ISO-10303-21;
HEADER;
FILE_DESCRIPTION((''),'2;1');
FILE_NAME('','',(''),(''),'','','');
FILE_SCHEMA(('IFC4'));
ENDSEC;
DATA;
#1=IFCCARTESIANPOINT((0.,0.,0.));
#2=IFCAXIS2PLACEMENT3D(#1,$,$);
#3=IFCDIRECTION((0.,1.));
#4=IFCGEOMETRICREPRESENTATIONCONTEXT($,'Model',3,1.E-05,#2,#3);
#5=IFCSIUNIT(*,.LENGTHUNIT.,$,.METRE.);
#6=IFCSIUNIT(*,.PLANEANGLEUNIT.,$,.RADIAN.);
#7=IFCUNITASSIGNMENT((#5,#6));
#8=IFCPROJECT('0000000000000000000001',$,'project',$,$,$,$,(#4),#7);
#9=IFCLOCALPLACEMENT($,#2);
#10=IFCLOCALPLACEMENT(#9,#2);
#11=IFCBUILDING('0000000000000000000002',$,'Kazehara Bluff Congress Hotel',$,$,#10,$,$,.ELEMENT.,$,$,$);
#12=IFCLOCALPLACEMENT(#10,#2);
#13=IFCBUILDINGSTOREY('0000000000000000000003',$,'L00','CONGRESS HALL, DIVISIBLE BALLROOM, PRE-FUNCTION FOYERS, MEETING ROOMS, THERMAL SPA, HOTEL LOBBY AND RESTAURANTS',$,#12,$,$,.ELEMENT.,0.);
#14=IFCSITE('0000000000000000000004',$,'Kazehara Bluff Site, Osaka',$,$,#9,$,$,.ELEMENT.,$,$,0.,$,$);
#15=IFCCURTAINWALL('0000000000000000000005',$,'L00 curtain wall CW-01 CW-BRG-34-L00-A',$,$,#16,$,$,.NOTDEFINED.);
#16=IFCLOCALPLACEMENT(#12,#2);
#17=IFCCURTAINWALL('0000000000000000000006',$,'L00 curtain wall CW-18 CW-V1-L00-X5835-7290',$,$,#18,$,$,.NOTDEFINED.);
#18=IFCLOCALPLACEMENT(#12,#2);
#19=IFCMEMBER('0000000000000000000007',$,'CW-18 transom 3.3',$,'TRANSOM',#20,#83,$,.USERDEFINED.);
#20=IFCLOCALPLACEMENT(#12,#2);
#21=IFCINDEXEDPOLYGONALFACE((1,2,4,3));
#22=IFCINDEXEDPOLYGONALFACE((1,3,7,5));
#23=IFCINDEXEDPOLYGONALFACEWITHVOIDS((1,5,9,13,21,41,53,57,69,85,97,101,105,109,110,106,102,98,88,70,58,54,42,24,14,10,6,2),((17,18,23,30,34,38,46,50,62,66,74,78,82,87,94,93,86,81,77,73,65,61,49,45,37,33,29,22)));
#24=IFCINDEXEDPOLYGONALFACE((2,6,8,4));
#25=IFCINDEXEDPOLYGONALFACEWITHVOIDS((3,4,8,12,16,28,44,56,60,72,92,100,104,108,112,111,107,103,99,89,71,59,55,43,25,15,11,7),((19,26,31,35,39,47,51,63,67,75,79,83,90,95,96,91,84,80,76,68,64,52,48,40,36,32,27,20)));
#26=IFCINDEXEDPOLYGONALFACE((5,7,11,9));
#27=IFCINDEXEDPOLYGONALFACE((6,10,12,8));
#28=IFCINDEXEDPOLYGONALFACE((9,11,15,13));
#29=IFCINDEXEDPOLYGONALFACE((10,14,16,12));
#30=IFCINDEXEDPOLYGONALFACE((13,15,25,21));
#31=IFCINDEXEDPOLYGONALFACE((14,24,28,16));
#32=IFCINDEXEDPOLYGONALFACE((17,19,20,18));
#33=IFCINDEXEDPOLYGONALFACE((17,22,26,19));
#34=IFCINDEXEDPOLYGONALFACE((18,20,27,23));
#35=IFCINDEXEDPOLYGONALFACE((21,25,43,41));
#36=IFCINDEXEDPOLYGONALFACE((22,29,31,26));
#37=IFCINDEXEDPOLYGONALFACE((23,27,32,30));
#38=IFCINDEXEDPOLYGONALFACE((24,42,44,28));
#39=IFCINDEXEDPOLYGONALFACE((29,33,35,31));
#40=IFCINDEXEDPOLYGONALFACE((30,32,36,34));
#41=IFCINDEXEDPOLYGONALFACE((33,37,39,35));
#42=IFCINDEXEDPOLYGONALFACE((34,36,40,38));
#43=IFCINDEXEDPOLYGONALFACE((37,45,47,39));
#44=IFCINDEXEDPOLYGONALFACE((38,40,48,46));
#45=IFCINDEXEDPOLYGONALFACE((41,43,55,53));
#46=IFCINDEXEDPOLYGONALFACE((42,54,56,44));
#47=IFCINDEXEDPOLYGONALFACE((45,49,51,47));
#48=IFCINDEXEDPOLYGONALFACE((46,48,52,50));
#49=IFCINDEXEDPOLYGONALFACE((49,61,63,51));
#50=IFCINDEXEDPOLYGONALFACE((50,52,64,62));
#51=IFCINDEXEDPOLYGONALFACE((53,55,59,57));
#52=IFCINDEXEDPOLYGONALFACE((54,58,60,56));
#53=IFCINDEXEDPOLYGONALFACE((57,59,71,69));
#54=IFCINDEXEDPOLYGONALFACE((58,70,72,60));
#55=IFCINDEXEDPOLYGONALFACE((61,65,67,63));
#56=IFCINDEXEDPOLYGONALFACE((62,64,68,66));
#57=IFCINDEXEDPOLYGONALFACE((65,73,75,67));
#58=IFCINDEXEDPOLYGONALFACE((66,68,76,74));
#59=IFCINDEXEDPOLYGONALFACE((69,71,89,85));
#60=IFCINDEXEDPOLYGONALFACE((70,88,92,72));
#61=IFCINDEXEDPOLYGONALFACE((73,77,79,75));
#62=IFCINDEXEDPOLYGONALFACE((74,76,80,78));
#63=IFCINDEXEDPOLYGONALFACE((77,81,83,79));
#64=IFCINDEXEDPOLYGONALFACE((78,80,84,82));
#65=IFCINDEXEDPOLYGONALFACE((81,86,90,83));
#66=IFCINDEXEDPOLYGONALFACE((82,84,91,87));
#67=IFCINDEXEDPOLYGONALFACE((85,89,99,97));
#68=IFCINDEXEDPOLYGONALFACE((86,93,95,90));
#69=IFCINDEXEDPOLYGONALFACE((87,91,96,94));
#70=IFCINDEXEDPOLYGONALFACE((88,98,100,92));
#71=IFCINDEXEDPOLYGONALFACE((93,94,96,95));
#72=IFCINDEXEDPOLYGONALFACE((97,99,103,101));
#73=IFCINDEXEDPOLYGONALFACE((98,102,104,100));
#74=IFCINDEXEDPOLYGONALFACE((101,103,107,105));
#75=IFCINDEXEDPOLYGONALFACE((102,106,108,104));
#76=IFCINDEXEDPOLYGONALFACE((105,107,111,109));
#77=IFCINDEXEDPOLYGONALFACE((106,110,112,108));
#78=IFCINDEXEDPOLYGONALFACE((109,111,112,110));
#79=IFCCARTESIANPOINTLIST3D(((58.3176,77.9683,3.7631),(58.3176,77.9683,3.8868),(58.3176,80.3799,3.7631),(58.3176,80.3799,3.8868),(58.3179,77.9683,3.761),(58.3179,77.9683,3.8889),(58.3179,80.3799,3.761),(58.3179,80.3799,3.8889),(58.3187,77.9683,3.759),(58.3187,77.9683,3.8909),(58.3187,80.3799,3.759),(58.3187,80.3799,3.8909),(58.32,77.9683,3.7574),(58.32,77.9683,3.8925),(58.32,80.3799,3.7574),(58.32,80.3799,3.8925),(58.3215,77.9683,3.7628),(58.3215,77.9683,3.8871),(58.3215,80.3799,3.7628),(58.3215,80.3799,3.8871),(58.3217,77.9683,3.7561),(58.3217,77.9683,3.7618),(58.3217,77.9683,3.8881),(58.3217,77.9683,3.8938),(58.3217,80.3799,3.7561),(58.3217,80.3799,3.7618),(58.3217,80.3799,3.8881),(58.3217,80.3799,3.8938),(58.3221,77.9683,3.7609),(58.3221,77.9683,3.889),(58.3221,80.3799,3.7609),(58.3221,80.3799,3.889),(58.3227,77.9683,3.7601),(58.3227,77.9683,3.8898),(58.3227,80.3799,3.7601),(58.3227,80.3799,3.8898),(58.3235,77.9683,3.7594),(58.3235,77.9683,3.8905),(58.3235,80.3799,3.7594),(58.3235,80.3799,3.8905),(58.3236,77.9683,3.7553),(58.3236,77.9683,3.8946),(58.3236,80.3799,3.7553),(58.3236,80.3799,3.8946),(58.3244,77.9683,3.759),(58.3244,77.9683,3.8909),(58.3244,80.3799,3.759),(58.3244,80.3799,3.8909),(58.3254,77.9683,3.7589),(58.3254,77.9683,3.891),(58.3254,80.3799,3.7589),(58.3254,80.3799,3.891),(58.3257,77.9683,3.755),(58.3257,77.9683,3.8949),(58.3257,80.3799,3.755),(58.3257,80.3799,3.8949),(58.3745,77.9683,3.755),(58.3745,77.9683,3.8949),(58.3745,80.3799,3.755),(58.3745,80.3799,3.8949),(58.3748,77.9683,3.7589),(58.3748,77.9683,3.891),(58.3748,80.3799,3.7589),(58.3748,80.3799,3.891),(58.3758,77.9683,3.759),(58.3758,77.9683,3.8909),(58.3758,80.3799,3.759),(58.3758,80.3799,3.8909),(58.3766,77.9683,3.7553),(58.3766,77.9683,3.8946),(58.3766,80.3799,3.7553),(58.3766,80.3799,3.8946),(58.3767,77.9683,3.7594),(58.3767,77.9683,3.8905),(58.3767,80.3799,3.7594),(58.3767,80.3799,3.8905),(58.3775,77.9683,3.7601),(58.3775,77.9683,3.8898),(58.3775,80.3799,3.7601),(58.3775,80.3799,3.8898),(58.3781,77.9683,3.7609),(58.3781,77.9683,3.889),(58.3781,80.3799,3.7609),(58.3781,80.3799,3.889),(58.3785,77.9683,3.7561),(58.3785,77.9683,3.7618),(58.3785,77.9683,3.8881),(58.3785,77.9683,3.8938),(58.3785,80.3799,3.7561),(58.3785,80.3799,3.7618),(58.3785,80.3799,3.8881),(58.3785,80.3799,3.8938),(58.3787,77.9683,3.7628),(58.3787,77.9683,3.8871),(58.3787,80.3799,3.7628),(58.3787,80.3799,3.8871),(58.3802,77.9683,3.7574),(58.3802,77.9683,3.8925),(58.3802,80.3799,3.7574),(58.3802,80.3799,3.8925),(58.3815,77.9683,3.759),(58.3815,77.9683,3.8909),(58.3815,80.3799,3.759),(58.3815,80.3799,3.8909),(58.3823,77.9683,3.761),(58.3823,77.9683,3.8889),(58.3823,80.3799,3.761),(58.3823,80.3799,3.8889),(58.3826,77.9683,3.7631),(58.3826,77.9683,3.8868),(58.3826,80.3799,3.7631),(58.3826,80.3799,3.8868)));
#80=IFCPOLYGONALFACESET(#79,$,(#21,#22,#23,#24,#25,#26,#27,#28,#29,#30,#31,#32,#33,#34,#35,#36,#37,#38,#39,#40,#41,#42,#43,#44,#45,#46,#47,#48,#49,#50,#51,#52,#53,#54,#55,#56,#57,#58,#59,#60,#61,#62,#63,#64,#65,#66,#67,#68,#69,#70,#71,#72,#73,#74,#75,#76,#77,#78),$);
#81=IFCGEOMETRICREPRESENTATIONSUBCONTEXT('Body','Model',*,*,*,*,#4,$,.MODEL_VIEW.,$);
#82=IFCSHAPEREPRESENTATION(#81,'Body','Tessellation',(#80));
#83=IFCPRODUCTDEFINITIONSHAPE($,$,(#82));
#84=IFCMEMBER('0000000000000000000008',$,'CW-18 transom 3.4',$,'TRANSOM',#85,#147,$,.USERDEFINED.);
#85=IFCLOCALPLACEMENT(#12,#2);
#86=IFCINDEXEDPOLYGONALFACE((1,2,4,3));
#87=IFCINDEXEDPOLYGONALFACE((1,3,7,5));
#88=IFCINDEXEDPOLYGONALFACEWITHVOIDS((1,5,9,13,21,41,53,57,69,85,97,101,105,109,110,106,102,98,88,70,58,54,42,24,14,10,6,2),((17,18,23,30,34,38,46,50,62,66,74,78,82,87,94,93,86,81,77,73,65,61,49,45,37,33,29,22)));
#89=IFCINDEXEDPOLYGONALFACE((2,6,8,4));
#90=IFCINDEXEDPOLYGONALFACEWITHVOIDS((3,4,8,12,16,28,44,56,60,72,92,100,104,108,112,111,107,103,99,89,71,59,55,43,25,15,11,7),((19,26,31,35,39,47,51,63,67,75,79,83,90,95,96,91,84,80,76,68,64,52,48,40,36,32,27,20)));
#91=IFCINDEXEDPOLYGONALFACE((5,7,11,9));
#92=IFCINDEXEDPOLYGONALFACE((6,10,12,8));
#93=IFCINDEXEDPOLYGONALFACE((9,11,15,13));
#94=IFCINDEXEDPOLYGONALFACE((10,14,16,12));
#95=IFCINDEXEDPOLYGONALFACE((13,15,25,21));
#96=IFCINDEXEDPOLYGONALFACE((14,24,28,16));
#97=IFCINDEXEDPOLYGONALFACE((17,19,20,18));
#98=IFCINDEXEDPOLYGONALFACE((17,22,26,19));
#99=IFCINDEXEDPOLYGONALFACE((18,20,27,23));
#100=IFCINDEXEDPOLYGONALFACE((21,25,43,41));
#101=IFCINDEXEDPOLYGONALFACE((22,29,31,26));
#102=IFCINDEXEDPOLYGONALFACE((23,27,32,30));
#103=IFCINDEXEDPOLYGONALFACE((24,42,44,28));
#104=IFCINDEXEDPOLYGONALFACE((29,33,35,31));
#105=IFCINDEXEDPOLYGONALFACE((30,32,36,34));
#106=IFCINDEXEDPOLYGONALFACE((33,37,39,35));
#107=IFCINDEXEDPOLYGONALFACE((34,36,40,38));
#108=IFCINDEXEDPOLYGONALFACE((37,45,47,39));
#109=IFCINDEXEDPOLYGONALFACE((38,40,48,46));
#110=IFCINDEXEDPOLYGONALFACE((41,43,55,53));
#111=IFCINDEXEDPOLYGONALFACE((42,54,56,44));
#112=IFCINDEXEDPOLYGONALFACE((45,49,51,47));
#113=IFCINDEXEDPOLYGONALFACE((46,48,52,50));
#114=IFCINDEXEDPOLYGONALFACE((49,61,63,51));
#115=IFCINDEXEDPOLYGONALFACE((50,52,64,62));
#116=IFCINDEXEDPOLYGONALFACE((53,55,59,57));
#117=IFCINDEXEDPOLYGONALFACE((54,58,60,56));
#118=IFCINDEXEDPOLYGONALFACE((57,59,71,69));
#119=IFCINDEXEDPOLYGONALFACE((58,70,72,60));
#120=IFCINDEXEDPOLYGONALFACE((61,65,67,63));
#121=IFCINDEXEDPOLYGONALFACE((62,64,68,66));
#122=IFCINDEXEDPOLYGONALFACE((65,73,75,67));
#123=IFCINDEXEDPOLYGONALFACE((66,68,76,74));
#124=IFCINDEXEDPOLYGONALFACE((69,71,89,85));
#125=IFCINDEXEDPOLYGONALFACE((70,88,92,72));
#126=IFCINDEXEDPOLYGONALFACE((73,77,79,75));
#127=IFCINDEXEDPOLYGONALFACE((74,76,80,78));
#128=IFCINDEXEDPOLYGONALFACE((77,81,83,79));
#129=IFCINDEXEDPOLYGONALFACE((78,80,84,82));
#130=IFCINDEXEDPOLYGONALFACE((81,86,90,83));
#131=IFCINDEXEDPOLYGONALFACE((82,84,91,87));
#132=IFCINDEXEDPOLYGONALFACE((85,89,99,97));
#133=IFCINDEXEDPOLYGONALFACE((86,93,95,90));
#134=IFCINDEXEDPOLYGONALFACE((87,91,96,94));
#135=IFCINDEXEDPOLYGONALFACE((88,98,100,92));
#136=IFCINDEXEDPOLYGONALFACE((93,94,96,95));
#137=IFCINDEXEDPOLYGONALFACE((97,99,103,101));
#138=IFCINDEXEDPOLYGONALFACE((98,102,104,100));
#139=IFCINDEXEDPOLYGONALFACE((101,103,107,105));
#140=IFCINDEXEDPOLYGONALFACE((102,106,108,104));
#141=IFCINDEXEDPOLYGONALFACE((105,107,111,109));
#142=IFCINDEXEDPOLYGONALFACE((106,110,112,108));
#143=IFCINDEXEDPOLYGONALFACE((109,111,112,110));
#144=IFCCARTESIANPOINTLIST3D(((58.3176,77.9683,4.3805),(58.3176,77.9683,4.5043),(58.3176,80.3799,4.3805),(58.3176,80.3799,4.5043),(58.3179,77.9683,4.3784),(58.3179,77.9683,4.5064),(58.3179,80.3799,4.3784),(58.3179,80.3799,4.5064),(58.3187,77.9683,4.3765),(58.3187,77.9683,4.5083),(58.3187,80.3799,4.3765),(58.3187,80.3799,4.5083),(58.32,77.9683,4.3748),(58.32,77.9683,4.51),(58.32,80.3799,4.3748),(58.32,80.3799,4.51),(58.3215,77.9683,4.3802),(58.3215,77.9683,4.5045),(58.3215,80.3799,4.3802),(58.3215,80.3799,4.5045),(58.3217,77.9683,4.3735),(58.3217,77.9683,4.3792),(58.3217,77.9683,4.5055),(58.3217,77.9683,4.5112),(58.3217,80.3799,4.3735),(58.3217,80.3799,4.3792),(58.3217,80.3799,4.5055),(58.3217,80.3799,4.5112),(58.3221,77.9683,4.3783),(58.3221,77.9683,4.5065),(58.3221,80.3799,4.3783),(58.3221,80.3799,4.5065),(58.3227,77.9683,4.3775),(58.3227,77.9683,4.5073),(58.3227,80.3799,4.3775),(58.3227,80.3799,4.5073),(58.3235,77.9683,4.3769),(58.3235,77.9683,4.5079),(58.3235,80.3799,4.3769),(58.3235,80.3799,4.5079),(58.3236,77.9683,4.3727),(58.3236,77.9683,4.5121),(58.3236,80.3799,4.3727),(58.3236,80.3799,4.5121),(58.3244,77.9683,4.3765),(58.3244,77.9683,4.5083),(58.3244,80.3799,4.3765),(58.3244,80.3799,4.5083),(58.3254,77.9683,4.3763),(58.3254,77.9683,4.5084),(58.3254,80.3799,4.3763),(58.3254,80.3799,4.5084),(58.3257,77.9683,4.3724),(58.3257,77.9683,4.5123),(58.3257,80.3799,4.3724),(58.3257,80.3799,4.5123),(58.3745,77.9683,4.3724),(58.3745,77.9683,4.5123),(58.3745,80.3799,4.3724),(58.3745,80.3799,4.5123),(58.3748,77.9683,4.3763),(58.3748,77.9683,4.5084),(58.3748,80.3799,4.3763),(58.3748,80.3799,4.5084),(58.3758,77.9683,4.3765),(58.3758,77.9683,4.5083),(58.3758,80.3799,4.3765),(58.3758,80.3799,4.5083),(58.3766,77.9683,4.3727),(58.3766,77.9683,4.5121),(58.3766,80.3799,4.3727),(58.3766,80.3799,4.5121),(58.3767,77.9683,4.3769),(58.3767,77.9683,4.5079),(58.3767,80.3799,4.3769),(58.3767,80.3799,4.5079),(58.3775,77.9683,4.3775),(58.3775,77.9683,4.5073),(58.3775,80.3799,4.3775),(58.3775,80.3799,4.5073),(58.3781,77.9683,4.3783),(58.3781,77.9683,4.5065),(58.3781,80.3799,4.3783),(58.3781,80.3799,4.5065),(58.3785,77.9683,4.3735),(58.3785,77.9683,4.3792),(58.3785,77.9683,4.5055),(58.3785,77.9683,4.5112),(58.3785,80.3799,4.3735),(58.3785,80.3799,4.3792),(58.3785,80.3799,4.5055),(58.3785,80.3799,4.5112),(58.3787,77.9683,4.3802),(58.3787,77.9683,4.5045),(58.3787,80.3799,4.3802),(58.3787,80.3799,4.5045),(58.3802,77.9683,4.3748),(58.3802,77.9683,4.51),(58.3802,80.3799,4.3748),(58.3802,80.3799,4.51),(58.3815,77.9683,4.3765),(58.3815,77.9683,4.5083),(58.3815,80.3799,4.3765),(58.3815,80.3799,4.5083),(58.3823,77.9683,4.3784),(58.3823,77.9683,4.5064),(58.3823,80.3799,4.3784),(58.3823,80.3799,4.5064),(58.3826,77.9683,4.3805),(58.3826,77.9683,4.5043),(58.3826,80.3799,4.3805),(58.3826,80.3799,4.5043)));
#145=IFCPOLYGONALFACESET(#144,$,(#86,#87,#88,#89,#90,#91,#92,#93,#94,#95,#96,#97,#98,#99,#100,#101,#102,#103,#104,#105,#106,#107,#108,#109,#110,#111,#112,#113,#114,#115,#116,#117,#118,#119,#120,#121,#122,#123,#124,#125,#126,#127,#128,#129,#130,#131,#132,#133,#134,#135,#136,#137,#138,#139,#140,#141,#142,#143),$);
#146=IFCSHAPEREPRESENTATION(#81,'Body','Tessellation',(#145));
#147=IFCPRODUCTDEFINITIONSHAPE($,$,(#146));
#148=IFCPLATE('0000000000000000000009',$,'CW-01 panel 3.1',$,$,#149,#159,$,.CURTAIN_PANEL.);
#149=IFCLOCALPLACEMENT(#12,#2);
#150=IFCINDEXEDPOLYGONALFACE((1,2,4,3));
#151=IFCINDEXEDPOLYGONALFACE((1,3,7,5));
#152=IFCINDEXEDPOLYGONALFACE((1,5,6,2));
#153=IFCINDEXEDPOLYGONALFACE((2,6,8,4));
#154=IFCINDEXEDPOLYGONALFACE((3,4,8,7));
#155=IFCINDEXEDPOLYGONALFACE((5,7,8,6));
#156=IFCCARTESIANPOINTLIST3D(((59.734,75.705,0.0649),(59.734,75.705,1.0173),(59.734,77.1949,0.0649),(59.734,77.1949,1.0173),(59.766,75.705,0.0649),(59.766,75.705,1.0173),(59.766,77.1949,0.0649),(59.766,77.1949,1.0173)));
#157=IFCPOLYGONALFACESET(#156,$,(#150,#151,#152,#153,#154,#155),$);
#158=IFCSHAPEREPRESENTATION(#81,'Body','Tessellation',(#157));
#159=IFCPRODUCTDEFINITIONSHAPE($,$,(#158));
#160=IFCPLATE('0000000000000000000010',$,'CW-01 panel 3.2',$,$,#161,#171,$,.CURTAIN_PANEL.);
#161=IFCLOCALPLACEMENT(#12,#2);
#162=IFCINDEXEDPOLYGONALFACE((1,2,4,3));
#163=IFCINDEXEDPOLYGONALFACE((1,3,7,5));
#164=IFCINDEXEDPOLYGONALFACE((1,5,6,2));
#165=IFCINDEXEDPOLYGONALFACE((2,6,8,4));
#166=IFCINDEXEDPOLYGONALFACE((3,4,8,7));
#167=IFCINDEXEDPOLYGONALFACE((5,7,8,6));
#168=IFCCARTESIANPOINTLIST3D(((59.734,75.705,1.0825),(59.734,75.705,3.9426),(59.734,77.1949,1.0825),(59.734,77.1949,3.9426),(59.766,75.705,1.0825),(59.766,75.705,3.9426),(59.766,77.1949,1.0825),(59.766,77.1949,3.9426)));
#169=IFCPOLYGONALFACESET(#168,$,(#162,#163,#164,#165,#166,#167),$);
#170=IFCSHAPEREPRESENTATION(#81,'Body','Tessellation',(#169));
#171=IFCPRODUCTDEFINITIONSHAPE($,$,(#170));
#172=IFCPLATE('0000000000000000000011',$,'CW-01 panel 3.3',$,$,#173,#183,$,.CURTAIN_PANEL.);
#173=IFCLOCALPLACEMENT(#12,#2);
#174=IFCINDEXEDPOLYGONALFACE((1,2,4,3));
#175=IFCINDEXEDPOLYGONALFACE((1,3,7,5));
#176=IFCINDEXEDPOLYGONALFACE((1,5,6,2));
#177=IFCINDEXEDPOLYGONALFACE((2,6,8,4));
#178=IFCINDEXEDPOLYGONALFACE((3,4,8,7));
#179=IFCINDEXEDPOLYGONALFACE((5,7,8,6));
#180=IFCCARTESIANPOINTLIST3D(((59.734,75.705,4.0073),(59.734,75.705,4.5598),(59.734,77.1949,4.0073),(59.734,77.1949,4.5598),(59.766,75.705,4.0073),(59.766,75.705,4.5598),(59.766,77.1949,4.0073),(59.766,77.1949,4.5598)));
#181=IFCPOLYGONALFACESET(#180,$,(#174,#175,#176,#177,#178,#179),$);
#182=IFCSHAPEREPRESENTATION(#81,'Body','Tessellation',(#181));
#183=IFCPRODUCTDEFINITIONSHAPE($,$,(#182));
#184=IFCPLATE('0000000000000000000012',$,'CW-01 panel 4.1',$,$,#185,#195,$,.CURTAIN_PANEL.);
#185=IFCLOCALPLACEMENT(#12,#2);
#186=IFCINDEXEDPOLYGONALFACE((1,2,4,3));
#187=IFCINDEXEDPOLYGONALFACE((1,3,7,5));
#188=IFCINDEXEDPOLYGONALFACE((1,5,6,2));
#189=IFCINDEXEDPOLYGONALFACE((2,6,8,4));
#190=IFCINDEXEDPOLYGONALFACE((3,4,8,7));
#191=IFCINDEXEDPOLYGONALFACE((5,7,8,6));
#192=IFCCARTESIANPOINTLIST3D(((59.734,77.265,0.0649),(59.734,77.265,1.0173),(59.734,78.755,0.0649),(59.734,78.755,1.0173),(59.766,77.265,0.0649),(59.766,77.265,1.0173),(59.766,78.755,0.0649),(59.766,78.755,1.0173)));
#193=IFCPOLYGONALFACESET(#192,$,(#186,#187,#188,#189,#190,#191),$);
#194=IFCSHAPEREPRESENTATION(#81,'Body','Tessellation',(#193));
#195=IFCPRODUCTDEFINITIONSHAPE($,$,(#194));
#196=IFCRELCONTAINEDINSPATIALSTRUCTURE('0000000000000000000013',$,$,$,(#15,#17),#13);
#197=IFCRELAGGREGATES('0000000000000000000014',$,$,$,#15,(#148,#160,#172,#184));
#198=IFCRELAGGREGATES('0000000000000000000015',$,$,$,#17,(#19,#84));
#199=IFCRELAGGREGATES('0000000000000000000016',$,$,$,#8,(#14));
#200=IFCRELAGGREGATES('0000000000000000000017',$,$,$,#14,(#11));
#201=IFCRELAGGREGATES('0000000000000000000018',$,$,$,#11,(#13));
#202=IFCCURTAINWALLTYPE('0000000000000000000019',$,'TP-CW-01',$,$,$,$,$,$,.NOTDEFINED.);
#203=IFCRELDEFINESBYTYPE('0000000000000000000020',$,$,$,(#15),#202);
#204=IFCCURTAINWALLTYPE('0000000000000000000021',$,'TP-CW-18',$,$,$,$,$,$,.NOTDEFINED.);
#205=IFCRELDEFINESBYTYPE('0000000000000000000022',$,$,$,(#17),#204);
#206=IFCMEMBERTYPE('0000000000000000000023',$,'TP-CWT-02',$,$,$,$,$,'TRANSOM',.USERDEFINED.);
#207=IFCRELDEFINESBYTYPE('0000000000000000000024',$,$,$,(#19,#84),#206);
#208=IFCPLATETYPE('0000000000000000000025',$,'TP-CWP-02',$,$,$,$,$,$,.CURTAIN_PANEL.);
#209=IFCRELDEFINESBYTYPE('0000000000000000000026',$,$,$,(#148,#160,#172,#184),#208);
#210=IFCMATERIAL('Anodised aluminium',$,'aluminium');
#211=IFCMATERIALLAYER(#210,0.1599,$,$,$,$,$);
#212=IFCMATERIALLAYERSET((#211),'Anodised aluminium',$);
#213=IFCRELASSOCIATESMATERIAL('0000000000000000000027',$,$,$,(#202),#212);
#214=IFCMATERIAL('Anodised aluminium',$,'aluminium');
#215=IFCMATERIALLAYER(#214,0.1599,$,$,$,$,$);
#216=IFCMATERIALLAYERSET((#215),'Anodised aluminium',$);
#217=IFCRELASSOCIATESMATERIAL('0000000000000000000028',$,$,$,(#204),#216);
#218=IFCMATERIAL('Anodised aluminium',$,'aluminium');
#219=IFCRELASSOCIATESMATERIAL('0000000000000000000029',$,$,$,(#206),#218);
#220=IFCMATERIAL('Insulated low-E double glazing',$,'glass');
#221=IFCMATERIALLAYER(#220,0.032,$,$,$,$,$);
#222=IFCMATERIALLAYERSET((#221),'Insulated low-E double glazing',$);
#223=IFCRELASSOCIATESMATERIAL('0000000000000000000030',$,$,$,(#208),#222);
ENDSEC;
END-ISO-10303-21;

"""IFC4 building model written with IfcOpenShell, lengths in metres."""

from ifc_helpers import new_model, si_unit, direction, frame, origin, origin_2d, place, context, subcontext, project, spatial, rectangle, hollow_rectangle, extrude, material, layer, layer_set, material_profile, profile_set, type_object, element, aggregate, save


model = new_model("IFC4")

# Units and contexts
model_context = context("Model", 3, precision=1e-05, world=origin(), true_north=direction((0.0, 1.0)))
body_context = subcontext(model_context, "Body", "Model", "MODEL_VIEW")
ifc_project = project(units=[si_unit("LENGTHUNIT", "METRE"), si_unit("PLANEANGLEUNIT", "RADIAN")], contexts=[model_context])

# Site, building, storey
site_placement = place(None, origin())
site = spatial("IfcSite", under=ifc_project, at=site_placement, Name="Kazehara Bluff Site, Osaka", CompositionType="ELEMENT", RefElevation=0.0)
building_placement = place(site_placement, origin())
building = spatial("IfcBuilding", under=site, at=building_placement, Name="Kazehara Bluff Congress Hotel", CompositionType="ELEMENT")
storey_placement = place(building_placement, origin())
storey = spatial("IfcBuildingStorey", under=building, at=storey_placement, Name="L00", Description="CONGRESS HALL, DIVISIBLE BALLROOM, PRE-FUNCTION FOYERS, MEETING ROOMS, THERMAL SPA, HOTEL LOBBY AND RESTAURANTS", CompositionType="ELEMENT", Elevation=0.0)

# Curtain wall
ifc_material_1 = material(Name="Anodised aluminium", Category="aluminium")
ifc_layer_1 = layer(ifc_material_1, 0.1599)
ifc_layer_set_1 = layer_set([ifc_layer_1], Name="Anodised aluminium")
curtain_wall_type_1 = type_object("IfcCurtainWallType", Name="TP-CW-01", PredefinedType="NOTDEFINED", material=ifc_layer_set_1)
curtain_wall_1_placement = place(storey_placement, origin())
curtain_wall_1 = element("IfcCurtainWall", 1, at=curtain_wall_1_placement, inside=storey, type_object=curtain_wall_type_1, Name="L00 curtain wall CW-01 CW-BRG-34-L00-A", PredefinedType="NOTDEFINED")

# Curtain wall
ifc_material_2 = material(Name="Anodised aluminium", Category="aluminium")
ifc_layer_2 = layer(ifc_material_2, 0.1599)
ifc_layer_set_2 = layer_set([ifc_layer_2], Name="Anodised aluminium")
curtain_wall_type_2 = type_object("IfcCurtainWallType", Name="TP-CW-18", PredefinedType="NOTDEFINED", material=ifc_layer_set_2)
curtain_wall_2_placement = place(storey_placement, origin())
curtain_wall_2 = element("IfcCurtainWall", 2, at=curtain_wall_2_placement, inside=storey, type_object=curtain_wall_type_2, Name="L00 curtain wall CW-18 CW-V1-L00-X5835-7290", PredefinedType="NOTDEFINED")

# Members
ifc_material_3 = material(Name="Anodised aluminium", Category="aluminium")
ifc_material_profile_1 = material_profile(ifc_material_3, hollow_rectangle(XDim=0.0649, YDim=0.1399, WallThickness=0.0039, InnerFilletRadius=0.0039, OuterFilletRadius=0.0081, at=origin_2d()))
ifc_profile_set_1 = profile_set([ifc_material_profile_1], Name="Anodised aluminium")
member_type_1 = type_object("IfcMemberType", Name="TP-CWT-02", ElementType="TRANSOM", PredefinedType="USERDEFINED", material=ifc_profile_set_1)
member_1_placement = place(storey_placement, frame((58.3501, 77.9683, 3.825), z_axis=(0.0, 1.0, 0.0), x_axis=(-1.0, 0.0, 0.0)))
member_1 = element("IfcMember", 3, at=member_1_placement, type_object=member_type_1, Name="CW-18 transom 3.3", ObjectType="TRANSOM", PredefinedType="USERDEFINED", context=body_context, shape_type="SweptSolid", body=[
    extrude(hollow_rectangle(XDim=0.0649, YDim=0.1399, WallThickness=0.0039, InnerFilletRadius=0.0039, OuterFilletRadius=0.0081, at=origin_2d()), origin(), (0.0, 0.0, 1.0), 2.4116),
])
member_2_placement = place(storey_placement, frame((58.3501, 77.9683, 4.4424), z_axis=(0.0, 1.0, 0.0), x_axis=(-1.0, 0.0, 0.0)))
member_2 = element("IfcMember", 4, at=member_2_placement, type_object=member_type_1, Name="CW-18 transom 3.4", ObjectType="TRANSOM", PredefinedType="USERDEFINED", context=body_context, shape_type="SweptSolid", body=[
    extrude(hollow_rectangle(XDim=0.0649, YDim=0.1399, WallThickness=0.0039, InnerFilletRadius=0.0039, OuterFilletRadius=0.0081, at=origin_2d()), origin(), (0.0, 0.0, 1.0), 2.4116),
])

# Plates
ifc_material_4 = material(Name="Insulated low-E double glazing", Category="glass")
ifc_layer_3 = layer(ifc_material_4, 0.032)
ifc_layer_set_3 = layer_set([ifc_layer_3], Name="Insulated low-E double glazing")
plate_type = type_object("IfcPlateType", Name="TP-CWP-02", PredefinedType="CURTAIN_PANEL", material=ifc_layer_set_3)
plate_1_placement = place(storey_placement, frame((59.75, 76.45, 0.0649), z_axis=(0.0, 0.0, 1.0), x_axis=(0.0, 1.0, 0.0)))
plate_1 = element("IfcPlate", 5, at=plate_1_placement, type_object=plate_type, Name="CW-01 panel 3.1", PredefinedType="CURTAIN_PANEL", context=body_context, shape_type="SweptSolid", body=[
    extrude(rectangle(XDim=1.49, YDim=0.032, at=origin_2d()), origin(), (0.0, 0.0, 1.0), 0.9524),
])
plate_2_placement = place(storey_placement, frame((59.75, 76.45, 1.0825), z_axis=(0.0, 0.0, 1.0), x_axis=(0.0, 1.0, 0.0)))
plate_2 = element("IfcPlate", 6, at=plate_2_placement, type_object=plate_type, Name="CW-01 panel 3.2", PredefinedType="CURTAIN_PANEL", context=body_context, shape_type="SweptSolid", body=[
    extrude(rectangle(XDim=1.49, YDim=0.032, at=origin_2d()), origin(), (0.0, 0.0, 1.0), 2.8601),
])
plate_3_placement = place(storey_placement, frame((59.75, 76.45, 4.0073), z_axis=(0.0, 0.0, 1.0), x_axis=(0.0, 1.0, 0.0)))
plate_3 = element("IfcPlate", 7, at=plate_3_placement, type_object=plate_type, Name="CW-01 panel 3.3", PredefinedType="CURTAIN_PANEL", context=body_context, shape_type="SweptSolid", body=[
    extrude(rectangle(XDim=1.49, YDim=0.032, at=origin_2d()), origin(), (0.0, 0.0, 1.0), 0.5525),
])
plate_4_placement = place(storey_placement, frame((59.75, 78.01, 0.0649), z_axis=(0.0, 0.0, 1.0), x_axis=(0.0, 1.0, 0.0)))
plate_4 = element("IfcPlate", 8, at=plate_4_placement, type_object=plate_type, Name="CW-01 panel 4.1", PredefinedType="CURTAIN_PANEL", context=body_context, shape_type="SweptSolid", body=[
    extrude(rectangle(XDim=1.49, YDim=0.032, at=origin_2d()), origin(), (0.0, 0.0, 1.0), 0.9524),
])
aggregate(curtain_wall_1, [plate_1, plate_2, plate_3, plate_4])
aggregate(curtain_wall_2, [member_1, member_2])

save(model, "model.ifc")
